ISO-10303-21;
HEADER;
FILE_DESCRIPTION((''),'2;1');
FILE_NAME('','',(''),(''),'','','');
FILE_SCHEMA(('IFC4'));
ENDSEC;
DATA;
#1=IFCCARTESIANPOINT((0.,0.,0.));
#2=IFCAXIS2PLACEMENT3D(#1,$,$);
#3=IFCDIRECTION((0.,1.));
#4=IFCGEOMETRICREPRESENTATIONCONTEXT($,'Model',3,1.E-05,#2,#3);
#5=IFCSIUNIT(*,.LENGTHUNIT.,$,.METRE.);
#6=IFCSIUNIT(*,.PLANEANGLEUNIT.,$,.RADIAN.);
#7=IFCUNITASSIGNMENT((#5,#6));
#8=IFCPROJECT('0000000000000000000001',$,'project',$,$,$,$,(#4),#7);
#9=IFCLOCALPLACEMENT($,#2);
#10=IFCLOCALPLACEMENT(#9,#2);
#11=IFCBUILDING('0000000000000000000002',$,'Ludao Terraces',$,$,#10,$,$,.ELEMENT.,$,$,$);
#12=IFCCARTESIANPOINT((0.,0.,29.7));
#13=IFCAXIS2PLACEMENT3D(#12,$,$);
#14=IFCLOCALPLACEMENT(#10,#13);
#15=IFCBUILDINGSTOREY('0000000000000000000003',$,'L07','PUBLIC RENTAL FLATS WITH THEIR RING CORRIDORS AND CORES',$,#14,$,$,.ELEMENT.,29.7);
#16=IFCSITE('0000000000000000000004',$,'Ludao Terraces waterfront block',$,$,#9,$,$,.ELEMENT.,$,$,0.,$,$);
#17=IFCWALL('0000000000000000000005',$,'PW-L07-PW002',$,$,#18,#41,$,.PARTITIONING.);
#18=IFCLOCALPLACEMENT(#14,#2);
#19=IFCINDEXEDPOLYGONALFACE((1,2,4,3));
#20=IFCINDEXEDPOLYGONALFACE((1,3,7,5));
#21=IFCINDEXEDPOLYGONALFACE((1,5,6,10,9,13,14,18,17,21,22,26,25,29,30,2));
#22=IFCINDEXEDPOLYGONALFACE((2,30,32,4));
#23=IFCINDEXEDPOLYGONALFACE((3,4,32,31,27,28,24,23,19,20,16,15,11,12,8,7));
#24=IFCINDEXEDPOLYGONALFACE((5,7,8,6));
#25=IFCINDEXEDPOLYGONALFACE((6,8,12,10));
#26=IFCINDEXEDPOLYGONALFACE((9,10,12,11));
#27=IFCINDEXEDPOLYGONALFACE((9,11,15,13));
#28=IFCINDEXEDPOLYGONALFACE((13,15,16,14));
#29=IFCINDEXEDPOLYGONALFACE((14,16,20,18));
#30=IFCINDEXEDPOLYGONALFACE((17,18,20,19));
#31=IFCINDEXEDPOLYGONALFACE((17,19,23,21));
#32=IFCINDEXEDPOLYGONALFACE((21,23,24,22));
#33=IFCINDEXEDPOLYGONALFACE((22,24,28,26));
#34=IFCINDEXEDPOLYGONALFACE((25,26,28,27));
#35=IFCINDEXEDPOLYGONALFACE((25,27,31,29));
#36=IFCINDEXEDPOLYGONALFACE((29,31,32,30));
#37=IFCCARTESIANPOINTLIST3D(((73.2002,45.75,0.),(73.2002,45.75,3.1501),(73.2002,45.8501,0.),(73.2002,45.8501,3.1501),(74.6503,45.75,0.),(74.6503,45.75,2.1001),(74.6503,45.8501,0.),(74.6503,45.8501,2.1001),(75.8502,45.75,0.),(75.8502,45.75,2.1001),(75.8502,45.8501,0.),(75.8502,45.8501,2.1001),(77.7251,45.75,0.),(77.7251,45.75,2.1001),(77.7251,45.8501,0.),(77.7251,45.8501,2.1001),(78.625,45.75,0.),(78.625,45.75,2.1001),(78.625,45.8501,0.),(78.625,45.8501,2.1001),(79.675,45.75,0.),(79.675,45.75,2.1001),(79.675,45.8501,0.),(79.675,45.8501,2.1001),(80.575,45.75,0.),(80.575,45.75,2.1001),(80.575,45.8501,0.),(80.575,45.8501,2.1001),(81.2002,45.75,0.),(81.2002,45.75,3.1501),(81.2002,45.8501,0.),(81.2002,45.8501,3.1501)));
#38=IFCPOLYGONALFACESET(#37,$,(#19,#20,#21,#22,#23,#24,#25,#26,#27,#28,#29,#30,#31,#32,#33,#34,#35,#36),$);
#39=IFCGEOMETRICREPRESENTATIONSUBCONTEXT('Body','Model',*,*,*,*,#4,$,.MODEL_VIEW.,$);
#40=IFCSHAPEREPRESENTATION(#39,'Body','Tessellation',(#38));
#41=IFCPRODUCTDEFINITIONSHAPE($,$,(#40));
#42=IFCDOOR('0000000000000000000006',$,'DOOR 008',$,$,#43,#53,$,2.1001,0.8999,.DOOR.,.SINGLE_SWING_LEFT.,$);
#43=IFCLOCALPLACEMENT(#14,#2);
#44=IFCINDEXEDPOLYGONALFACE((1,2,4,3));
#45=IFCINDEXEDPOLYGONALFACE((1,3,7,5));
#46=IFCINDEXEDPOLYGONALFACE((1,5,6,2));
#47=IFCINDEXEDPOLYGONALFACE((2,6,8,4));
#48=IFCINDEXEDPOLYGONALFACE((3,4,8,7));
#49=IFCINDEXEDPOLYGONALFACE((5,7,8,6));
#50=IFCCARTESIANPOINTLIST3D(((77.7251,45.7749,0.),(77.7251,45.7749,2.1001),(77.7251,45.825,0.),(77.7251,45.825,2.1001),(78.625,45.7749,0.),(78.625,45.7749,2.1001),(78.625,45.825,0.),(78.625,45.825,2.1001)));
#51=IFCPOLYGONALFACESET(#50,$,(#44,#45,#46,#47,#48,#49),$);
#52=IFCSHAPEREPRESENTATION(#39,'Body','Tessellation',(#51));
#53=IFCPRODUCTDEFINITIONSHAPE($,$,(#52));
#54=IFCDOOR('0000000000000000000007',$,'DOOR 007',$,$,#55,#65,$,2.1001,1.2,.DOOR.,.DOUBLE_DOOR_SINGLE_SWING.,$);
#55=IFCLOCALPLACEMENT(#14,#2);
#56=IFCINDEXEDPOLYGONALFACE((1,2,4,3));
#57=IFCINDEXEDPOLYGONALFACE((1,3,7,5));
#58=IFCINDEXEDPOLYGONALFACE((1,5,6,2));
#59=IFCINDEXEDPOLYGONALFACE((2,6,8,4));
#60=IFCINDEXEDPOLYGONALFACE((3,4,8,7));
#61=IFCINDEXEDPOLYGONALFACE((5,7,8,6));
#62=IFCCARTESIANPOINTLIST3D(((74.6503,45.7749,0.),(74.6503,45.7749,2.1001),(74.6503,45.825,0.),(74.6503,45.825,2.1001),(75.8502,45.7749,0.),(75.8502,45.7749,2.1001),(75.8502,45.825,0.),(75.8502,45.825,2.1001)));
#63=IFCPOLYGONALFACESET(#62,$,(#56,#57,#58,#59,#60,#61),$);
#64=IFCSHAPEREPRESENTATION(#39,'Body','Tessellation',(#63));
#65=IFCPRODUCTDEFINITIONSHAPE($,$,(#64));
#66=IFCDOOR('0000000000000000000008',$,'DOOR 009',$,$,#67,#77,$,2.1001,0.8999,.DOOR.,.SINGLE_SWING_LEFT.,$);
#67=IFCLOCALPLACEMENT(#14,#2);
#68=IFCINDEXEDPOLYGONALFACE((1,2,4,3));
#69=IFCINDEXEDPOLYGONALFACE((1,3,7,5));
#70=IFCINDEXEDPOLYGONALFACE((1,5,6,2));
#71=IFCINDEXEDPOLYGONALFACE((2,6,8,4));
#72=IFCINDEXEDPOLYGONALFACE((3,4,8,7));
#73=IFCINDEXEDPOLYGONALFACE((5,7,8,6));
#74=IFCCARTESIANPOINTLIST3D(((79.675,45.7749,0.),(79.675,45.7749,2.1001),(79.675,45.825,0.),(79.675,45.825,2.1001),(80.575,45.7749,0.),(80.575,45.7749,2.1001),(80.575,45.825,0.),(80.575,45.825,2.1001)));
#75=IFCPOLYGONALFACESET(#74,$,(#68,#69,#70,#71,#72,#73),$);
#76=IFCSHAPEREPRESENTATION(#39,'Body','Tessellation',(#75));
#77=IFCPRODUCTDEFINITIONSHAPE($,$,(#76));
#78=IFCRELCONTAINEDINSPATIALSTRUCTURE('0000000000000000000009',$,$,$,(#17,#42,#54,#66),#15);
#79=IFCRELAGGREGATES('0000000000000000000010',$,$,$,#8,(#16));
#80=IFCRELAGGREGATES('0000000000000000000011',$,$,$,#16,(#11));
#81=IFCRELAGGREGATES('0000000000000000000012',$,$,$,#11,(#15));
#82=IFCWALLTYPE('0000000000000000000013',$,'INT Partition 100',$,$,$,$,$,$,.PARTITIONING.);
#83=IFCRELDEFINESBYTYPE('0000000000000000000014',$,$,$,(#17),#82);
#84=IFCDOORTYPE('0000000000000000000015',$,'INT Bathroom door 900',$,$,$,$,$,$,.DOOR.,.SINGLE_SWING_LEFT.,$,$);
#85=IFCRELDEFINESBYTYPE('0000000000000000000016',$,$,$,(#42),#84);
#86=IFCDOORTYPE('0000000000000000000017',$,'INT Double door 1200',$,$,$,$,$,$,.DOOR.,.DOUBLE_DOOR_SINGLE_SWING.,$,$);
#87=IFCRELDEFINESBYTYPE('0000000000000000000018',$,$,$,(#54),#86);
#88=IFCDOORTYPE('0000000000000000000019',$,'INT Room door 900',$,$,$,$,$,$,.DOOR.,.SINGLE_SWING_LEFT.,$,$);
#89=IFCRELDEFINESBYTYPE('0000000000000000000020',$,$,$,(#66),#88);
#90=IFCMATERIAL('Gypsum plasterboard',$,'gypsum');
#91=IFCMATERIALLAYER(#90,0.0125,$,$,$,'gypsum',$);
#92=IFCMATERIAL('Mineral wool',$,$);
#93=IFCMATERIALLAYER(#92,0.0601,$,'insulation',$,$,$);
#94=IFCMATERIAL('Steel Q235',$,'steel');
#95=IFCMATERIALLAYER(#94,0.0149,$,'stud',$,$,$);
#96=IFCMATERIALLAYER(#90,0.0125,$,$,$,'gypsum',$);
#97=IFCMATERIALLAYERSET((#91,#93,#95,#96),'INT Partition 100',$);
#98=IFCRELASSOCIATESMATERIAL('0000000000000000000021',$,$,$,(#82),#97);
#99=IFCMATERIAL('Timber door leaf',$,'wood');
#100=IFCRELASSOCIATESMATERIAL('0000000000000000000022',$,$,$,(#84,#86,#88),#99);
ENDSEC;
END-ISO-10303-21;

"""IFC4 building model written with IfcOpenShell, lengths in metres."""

from ifc_helpers import new_model, si_unit, direction, frame, frame_2d, origin, place, context, subcontext, project, spatial, rectangle, extrude, material, layer, layer_set, type_object, element, fill, save


model = new_model("IFC4")

# Units and contexts
model_context = context("Model", 3, precision=1e-05, world=origin(), true_north=direction((0.0, 1.0)))
body_context = subcontext(model_context, "Body", "Model", "MODEL_VIEW")
ifc_project = project(units=[si_unit("LENGTHUNIT", "METRE"), si_unit("PLANEANGLEUNIT", "RADIAN")], contexts=[model_context])

# Site, building, storey
site_placement = place(None, origin())
site = spatial("IfcSite", under=ifc_project, at=site_placement, Name="Ludao Terraces waterfront block", CompositionType="ELEMENT", RefElevation=0.0)
building_placement = place(site_placement, origin())
building = spatial("IfcBuilding", under=site, at=building_placement, Name="Ludao Terraces", CompositionType="ELEMENT")
storey_placement = place(building_placement, frame((0.0, 0.0, 29.7)))
storey = spatial("IfcBuildingStorey", under=building, at=storey_placement, Name="L07", Description="PUBLIC RENTAL FLATS WITH THEIR RING CORRIDORS AND CORES", CompositionType="ELEMENT", Elevation=29.7)

# Wall, openings, doors
ifc_material_1 = material(Name="Gypsum plasterboard", Category="gypsum")
ifc_layer_1 = layer(ifc_material_1, 0.0125, Category="gypsum")
ifc_material_2 = material(Name="Mineral wool")
ifc_layer_2 = layer(ifc_material_2, 0.0601, Name="insulation")
ifc_material_3 = material(Name="Steel Q235", Category="steel")
ifc_layer_3 = layer(ifc_material_3, 0.0149, Name="stud")
ifc_layer_4 = layer(ifc_material_1, 0.0125, Category="gypsum")
ifc_layer_set = layer_set([ifc_layer_1, ifc_layer_2, ifc_layer_3, ifc_layer_4], Name="INT Partition 100")
wall_type = type_object("IfcWallType", Name="INT Partition 100", PredefinedType="PARTITIONING", material=ifc_layer_set)
wall_1_placement = place(storey_placement, frame((73.2002, 45.8, 0.0), z_axis=(0.0, 0.0, 1.0), x_axis=(1.0, 0.0, 0.0)))
wall_1 = element("IfcWall", 1, at=wall_1_placement, inside=storey, type_object=wall_type, Name="PW-L07-PW002", PredefinedType="PARTITIONING", context=body_context, shape_type="SweptSolid", body=[
    extrude(rectangle(XDim=8.0, YDim=0.1001, at=frame_2d((4.0, 0.0))), origin(), (0.0, 0.0, 1.0), 3.1501),
])
opening_1_placement = place(wall_1_placement, frame((1.45, 0.0, 0.0)))
opening_1 = element("IfcOpeningElement", 2, at=opening_1_placement, cuts=wall_1, PredefinedType="OPENING", context=body_context, shape_type="SweptSolid", body=[
    extrude(rectangle(XDim=1.2, YDim=2.1001, at=frame_2d((0.6001, 1.05))), frame((0.0, 0.0601, 0.0), z_axis=(0.0, -1.0, 0.0), x_axis=(1.0, 0.0, 0.0)), (0.0, 0.0, 1.0), 0.1201),
])
opening_2_placement = place(wall_1_placement, frame((4.5249, 0.0, 0.0)))
opening_2 = element("IfcOpeningElement", 3, at=opening_2_placement, cuts=wall_1, PredefinedType="OPENING", context=body_context, shape_type="SweptSolid", body=[
    extrude(rectangle(XDim=0.8999, YDim=2.1001, at=frame_2d((0.45, 1.05))), frame((0.0, 0.0601, 0.0), z_axis=(0.0, -1.0, 0.0), x_axis=(1.0, 0.0, 0.0)), (0.0, 0.0, 1.0), 0.1201),
])
opening_3_placement = place(wall_1_placement, frame((6.4749, 0.0, 0.0)))
opening_3 = element("IfcOpeningElement", 4, at=opening_3_placement, cuts=wall_1, PredefinedType="OPENING", context=body_context, shape_type="SweptSolid", body=[
    extrude(rectangle(XDim=0.8999, YDim=2.1001, at=frame_2d((0.45, 1.05))), frame((0.0, 0.0601, 0.0), z_axis=(0.0, -1.0, 0.0), x_axis=(1.0, 0.0, 0.0)), (0.0, 0.0, 1.0), 0.1201),
])
ifc_material_4 = material(Name="Timber door leaf", Category="wood")
door_type_1 = type_object("IfcDoorType", Name="INT Bathroom door 900", OperationType="SINGLE_SWING_LEFT", PredefinedType="DOOR", material=ifc_material_4)
door_1_placement = place(opening_2_placement, origin())
door_1 = element("IfcDoor", 5, at=door_1_placement, inside=storey, type_object=door_type_1, Name="DOOR 008", OperationType="SINGLE_SWING_LEFT", OverallHeight=2.1001, OverallWidth=0.8999, PredefinedType="DOOR", context=body_context, shape_type="SweptSolid", body=[
    extrude(rectangle(XDim=0.8999, YDim=2.1001, at=frame_2d((0.45, 1.05))), frame((0.0, 0.0249, 0.0), z_axis=(0.0, -1.0, 0.0), x_axis=(1.0, 0.0, 0.0)), (0.0, 0.0, 1.0), 0.05),
])
fill(opening_2, door_1)
door_type_2 = type_object("IfcDoorType", Name="INT Double door 1200", OperationType="DOUBLE_DOOR_SINGLE_SWING", PredefinedType="DOOR", material=ifc_material_4)
door_2_placement = place(opening_1_placement, origin())
door_2 = element("IfcDoor", 6, at=door_2_placement, inside=storey, type_object=door_type_2, Name="DOOR 007", OperationType="DOUBLE_DOOR_SINGLE_SWING", OverallHeight=2.1001, OverallWidth=1.2, PredefinedType="DOOR", context=body_context, shape_type="SweptSolid", body=[
    extrude(rectangle(XDim=1.2, YDim=2.1001, at=frame_2d((0.6001, 1.05))), frame((0.0, 0.0249, 0.0), z_axis=(0.0, -1.0, 0.0), x_axis=(1.0, 0.0, 0.0)), (0.0, 0.0, 1.0), 0.05),
])
fill(opening_1, door_2)
door_type_3 = type_object("IfcDoorType", Name="INT Room door 900", OperationType="SINGLE_SWING_LEFT", PredefinedType="DOOR", material=ifc_material_4)
door_3_placement = place(opening_3_placement, origin())
door_3 = element("IfcDoor", 7, at=door_3_placement, inside=storey, type_object=door_type_3, Name="DOOR 009", OperationType="SINGLE_SWING_LEFT", OverallHeight=2.1001, OverallWidth=0.8999, PredefinedType="DOOR", context=body_context, shape_type="SweptSolid", body=[
    extrude(rectangle(XDim=0.8999, YDim=2.1001, at=frame_2d((0.45, 1.05))), frame((0.0, 0.0249, 0.0), z_axis=(0.0, -1.0, 0.0), x_axis=(1.0, 0.0, 0.0)), (0.0, 0.0, 1.0), 0.05),
])
fill(opening_3, door_3)

save(model, "model.ifc")
